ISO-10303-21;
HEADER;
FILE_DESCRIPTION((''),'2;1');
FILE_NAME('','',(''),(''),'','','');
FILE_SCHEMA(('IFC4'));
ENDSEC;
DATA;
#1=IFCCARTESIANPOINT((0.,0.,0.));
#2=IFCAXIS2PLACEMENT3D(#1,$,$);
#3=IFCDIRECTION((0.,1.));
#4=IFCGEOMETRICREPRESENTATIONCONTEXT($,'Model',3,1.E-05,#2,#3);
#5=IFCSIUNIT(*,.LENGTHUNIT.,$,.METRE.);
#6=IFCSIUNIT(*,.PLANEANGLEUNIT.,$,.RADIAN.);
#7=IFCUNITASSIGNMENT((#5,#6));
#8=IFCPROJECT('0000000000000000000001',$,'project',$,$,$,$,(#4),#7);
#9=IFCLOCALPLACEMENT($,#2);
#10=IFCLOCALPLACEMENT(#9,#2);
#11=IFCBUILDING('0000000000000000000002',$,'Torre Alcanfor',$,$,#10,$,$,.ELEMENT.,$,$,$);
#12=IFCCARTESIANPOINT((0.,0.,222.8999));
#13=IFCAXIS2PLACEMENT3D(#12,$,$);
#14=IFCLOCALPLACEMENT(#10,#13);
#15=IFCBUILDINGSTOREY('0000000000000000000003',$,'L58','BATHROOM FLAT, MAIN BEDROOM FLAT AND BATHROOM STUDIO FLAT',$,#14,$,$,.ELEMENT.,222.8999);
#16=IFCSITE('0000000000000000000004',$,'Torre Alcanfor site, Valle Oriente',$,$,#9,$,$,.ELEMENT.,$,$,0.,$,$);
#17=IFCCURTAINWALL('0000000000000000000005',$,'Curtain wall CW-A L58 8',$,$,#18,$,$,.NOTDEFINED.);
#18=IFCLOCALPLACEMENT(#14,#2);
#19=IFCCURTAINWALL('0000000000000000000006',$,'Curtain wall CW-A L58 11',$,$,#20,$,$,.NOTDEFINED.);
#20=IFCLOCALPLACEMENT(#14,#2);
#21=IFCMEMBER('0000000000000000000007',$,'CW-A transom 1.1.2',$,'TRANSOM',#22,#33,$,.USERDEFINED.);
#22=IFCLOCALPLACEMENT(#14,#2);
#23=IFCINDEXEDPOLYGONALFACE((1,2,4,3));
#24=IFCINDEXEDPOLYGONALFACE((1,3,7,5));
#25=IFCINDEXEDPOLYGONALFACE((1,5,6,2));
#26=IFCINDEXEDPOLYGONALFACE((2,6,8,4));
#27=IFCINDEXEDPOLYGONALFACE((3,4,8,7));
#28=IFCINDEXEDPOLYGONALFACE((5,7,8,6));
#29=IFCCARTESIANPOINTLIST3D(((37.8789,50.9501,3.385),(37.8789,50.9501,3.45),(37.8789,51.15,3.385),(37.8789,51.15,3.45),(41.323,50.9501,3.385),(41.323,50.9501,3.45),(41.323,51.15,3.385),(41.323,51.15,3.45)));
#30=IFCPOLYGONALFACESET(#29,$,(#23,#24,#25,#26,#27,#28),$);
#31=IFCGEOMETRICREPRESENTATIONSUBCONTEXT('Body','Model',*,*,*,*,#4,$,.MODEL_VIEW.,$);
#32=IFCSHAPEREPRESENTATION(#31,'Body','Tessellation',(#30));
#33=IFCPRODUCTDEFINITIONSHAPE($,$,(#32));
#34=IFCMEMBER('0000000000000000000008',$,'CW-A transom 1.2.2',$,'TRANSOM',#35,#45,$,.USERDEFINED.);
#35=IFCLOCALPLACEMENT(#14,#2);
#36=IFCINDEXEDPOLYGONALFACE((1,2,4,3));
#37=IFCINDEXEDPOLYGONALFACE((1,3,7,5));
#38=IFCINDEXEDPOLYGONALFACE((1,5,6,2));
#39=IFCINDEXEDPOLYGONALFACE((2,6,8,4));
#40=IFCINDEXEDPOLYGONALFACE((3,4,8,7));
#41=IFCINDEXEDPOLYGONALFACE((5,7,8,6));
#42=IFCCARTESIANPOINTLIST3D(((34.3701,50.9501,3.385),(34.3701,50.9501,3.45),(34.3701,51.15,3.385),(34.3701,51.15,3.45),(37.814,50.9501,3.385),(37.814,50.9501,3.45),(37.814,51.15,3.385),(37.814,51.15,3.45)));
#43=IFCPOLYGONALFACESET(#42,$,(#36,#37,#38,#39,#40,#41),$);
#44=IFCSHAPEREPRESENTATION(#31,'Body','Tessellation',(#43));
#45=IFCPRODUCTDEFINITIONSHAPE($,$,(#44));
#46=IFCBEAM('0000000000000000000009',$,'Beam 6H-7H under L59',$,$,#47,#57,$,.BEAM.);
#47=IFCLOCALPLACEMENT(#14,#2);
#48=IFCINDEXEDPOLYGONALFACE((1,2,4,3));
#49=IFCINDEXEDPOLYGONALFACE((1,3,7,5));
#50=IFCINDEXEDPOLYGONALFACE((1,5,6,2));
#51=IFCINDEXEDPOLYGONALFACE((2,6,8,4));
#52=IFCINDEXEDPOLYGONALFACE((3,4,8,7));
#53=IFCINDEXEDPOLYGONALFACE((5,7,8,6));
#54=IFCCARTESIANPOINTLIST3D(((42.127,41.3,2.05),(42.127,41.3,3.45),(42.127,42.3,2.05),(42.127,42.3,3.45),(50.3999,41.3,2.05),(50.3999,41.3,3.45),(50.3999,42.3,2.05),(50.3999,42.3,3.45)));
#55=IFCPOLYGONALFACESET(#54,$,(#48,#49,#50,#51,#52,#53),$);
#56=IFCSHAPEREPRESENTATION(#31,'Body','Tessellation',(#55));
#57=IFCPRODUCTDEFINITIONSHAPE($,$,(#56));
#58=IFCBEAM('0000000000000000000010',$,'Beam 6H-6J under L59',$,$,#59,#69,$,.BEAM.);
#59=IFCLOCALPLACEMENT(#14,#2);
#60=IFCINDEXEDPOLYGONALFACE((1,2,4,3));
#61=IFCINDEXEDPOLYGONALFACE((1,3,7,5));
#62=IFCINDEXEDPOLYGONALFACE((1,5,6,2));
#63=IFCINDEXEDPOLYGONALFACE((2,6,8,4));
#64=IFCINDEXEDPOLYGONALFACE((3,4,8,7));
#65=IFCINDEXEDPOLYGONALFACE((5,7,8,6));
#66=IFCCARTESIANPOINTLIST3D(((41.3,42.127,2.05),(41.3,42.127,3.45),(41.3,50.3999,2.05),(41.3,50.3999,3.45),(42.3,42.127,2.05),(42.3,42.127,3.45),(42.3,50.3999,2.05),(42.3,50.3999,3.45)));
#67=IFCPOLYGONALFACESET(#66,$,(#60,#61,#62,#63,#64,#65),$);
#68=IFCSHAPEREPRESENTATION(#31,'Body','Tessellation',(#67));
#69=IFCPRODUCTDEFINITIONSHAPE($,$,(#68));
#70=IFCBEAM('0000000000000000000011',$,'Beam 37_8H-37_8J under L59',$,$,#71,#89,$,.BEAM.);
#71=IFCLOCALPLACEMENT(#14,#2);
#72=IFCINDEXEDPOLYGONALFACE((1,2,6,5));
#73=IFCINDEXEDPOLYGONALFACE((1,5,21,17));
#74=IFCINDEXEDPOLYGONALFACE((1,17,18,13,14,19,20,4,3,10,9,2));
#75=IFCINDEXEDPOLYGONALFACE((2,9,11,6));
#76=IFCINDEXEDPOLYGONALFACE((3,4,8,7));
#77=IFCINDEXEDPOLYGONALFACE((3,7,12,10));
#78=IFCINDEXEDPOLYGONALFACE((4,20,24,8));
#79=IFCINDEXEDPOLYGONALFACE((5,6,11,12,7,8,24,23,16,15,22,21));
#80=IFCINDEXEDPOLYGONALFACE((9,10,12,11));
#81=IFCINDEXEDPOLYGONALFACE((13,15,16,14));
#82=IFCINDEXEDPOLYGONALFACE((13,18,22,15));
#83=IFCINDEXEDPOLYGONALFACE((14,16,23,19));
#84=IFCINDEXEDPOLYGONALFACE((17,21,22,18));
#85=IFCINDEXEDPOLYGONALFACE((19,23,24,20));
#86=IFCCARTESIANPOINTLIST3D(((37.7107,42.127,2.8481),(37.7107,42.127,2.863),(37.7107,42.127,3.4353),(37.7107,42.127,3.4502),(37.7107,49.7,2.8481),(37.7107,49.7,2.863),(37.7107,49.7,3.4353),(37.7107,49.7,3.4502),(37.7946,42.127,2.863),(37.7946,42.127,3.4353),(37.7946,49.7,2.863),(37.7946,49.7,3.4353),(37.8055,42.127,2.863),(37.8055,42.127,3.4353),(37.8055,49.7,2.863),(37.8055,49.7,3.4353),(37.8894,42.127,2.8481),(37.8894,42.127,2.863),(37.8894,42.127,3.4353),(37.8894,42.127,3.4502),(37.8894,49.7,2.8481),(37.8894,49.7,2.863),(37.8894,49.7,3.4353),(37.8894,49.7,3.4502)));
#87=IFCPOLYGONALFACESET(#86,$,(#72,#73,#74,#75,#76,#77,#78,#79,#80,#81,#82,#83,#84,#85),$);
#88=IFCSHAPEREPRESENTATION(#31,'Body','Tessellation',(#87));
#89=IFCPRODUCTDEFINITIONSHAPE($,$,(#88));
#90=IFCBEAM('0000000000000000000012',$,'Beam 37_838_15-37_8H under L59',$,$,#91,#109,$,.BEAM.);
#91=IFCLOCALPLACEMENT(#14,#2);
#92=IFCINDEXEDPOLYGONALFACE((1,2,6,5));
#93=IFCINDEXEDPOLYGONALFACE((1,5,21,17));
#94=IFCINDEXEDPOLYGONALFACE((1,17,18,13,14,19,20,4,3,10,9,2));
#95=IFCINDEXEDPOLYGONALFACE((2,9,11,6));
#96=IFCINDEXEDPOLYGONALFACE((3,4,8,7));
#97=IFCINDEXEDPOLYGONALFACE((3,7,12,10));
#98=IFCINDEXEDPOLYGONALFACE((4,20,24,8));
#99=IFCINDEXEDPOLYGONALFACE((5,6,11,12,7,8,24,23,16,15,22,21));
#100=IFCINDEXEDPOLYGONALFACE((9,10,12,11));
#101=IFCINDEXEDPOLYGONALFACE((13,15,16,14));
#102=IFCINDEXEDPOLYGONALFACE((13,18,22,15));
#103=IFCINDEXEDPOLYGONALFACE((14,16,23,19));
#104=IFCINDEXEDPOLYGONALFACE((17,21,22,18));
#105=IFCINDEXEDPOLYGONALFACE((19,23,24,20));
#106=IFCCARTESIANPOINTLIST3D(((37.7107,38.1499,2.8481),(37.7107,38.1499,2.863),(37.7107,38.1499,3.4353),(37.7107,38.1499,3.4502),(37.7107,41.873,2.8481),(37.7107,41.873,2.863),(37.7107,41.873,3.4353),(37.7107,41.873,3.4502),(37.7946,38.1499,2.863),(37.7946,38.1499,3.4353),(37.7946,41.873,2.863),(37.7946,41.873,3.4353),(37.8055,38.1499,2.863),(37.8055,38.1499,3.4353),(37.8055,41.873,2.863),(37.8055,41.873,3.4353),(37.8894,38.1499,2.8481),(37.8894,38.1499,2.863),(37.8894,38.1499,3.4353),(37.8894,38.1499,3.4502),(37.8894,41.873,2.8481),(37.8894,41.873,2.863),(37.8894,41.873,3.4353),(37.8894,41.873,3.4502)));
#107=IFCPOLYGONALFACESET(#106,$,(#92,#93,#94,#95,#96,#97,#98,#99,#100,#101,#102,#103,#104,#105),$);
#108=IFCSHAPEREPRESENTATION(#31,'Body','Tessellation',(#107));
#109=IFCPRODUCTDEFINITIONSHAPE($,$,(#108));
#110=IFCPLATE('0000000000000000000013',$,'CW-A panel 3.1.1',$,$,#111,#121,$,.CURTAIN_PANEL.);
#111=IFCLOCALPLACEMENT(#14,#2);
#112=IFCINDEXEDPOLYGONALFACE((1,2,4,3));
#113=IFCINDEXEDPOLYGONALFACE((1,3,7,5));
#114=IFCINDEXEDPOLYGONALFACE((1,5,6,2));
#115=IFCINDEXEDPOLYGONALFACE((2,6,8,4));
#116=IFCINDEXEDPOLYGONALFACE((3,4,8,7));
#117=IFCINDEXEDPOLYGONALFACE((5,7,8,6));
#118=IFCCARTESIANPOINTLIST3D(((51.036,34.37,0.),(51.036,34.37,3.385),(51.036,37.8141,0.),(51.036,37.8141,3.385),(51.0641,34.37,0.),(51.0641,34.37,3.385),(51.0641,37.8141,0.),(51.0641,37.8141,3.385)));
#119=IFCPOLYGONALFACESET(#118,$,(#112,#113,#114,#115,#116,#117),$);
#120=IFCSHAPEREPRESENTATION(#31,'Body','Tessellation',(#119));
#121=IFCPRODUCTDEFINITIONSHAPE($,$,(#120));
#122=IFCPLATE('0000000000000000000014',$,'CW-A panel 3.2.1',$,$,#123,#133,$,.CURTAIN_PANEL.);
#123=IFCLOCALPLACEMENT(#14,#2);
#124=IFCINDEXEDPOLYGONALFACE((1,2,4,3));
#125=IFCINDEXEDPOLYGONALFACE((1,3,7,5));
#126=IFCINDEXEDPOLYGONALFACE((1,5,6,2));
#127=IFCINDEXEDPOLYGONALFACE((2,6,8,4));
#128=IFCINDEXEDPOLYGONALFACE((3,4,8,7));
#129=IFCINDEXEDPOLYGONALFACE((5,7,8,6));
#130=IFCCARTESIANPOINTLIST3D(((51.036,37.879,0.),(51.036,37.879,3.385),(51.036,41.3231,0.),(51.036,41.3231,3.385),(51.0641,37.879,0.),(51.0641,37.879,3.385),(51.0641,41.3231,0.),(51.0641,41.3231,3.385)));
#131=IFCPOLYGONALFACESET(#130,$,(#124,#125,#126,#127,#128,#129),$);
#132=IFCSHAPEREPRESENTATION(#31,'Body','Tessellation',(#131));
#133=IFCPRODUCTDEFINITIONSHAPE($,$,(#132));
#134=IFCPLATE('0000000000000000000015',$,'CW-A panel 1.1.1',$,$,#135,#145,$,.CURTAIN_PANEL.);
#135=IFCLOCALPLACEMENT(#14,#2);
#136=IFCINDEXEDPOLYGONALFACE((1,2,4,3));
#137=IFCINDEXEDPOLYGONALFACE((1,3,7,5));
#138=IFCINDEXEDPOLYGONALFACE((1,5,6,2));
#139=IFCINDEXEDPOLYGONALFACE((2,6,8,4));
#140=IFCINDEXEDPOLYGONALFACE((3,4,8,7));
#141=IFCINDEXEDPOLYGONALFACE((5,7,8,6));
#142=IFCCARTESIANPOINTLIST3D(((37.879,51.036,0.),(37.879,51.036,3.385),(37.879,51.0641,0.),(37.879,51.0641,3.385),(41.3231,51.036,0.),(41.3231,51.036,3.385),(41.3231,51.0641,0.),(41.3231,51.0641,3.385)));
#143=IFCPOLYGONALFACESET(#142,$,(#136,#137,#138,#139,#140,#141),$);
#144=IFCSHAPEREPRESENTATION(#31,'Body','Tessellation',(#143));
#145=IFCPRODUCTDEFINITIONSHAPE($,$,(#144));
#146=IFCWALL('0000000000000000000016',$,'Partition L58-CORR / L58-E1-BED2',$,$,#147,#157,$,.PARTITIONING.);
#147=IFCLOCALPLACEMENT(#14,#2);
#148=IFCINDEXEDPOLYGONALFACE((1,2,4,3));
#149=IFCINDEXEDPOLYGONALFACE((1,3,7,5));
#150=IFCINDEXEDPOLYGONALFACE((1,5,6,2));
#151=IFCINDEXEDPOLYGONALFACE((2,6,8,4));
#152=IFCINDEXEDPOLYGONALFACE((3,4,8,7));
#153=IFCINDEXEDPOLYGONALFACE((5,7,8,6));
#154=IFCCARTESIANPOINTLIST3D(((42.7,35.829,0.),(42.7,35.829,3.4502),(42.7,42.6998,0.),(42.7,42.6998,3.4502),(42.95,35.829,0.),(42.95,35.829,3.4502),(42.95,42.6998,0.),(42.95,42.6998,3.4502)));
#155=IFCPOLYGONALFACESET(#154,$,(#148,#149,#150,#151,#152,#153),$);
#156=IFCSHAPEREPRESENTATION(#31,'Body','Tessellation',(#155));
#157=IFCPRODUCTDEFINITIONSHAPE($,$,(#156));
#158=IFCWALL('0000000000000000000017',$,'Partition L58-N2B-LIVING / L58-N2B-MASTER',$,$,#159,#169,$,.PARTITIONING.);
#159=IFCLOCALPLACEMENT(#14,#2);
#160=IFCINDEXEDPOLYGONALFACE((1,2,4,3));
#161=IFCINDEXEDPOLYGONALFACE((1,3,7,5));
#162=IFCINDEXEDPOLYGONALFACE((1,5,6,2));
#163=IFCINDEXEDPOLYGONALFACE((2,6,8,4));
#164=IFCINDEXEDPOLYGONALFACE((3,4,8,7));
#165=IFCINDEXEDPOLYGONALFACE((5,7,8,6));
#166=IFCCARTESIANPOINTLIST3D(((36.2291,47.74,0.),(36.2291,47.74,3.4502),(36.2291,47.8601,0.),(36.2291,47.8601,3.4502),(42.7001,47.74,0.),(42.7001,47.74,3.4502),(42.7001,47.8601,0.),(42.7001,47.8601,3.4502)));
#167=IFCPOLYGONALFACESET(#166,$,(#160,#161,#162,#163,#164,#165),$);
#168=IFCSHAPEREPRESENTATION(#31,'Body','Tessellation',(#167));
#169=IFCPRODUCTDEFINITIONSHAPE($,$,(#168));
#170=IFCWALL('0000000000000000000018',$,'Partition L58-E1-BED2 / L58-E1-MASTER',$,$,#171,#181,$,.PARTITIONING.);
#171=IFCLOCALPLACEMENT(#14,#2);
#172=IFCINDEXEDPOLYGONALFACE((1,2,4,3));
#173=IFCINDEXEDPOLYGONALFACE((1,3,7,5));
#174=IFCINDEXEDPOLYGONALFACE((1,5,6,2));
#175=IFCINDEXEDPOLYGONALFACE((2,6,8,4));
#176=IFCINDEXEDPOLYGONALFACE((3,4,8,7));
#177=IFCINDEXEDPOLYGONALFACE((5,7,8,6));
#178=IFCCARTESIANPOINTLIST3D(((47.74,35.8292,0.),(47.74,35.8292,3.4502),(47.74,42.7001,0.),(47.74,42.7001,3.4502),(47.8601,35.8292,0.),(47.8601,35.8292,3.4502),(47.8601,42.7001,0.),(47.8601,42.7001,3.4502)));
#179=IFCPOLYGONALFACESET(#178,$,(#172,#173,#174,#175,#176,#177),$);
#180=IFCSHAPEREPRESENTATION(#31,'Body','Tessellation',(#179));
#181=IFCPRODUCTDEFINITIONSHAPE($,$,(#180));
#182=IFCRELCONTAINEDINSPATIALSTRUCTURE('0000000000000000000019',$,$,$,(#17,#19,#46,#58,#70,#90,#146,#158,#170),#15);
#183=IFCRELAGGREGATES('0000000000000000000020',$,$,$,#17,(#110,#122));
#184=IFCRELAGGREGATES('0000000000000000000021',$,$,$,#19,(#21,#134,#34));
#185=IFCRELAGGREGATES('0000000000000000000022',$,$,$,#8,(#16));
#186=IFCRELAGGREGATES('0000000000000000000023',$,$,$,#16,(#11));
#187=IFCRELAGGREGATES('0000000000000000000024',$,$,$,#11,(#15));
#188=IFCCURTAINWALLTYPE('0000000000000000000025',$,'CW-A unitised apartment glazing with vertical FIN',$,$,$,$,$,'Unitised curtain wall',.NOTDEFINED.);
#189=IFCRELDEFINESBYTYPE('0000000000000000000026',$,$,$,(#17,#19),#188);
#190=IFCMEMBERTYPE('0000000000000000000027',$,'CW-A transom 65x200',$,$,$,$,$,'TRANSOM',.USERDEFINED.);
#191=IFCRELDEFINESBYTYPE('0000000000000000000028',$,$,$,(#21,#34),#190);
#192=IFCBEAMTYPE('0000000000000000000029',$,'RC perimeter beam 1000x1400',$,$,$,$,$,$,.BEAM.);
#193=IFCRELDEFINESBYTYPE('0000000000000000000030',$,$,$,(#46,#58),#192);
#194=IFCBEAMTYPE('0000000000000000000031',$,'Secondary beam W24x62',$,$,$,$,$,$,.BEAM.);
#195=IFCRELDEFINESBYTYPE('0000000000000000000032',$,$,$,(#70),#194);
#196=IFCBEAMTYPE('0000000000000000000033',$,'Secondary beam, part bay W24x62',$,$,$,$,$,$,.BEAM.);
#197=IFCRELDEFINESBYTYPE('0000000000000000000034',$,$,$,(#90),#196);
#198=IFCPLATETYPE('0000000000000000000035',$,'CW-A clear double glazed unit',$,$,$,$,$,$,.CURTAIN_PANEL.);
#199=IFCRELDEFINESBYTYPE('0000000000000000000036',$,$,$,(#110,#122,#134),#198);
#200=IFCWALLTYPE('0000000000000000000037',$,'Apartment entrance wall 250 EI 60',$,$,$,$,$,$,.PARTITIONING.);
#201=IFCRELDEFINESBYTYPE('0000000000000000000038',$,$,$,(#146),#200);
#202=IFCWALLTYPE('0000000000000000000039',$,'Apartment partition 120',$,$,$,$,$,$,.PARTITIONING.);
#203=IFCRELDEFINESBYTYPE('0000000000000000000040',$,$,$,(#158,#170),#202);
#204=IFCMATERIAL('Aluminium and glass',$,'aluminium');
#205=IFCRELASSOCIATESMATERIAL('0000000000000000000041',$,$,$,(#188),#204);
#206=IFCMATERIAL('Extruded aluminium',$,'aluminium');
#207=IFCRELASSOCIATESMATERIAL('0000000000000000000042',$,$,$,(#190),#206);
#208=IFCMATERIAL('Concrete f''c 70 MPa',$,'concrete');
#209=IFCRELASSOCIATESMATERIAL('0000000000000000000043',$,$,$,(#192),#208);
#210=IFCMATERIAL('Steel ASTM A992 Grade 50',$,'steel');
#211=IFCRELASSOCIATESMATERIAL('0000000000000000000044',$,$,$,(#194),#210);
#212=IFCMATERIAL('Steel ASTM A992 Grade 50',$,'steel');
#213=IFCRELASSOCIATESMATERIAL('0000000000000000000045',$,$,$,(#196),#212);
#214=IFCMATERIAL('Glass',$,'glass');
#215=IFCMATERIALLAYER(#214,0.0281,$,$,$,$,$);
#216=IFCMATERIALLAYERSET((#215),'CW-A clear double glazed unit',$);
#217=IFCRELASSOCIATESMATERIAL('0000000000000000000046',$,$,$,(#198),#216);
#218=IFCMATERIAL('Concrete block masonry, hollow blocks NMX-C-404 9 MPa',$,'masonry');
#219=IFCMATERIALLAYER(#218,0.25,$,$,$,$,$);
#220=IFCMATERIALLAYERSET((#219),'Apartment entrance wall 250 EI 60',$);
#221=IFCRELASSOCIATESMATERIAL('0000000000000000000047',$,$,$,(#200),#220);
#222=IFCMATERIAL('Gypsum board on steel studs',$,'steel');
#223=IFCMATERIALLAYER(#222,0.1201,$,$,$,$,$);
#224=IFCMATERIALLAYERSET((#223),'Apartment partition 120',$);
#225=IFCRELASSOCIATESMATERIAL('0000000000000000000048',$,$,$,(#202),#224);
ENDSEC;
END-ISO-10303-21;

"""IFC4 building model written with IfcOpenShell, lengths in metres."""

from ifc_helpers import new_model, si_unit, direction, frame, frame_2d, origin, origin_2d, place, context, subcontext, project, spatial, rectangle, i_section, extrude, material, layer, layer_set, material_profile, profile_set, type_object, element, aggregate, save


model = new_model("IFC4")

# Units and contexts
model_context = context("Model", 3, precision=1e-05, world=origin(), true_north=direction((0.0, 1.0)))
body_context = subcontext(model_context, "Body", "Model", "MODEL_VIEW")
ifc_project = project(units=[si_unit("LENGTHUNIT", "METRE"), si_unit("PLANEANGLEUNIT", "RADIAN")], contexts=[model_context])

# Site, building, storey
site_placement = place(None, origin())
site = spatial("IfcSite", under=ifc_project, at=site_placement, Name="Torre Alcanfor site, Valle Oriente", CompositionType="ELEMENT", RefElevation=0.0)
building_placement = place(site_placement, origin())
building = spatial("IfcBuilding", under=site, at=building_placement, Name="Torre Alcanfor", CompositionType="ELEMENT")
storey_placement = place(building_placement, frame((0.0, 0.0, 222.8999)))
storey = spatial("IfcBuildingStorey", under=building, at=storey_placement, Name="L58", Description="BATHROOM FLAT, MAIN BEDROOM FLAT AND BATHROOM STUDIO FLAT", CompositionType="ELEMENT", Elevation=222.8999)

# Curtain walls
ifc_material_1 = material(Name="Aluminium and glass", Category="aluminium")
curtain_wall_type = type_object("IfcCurtainWallType", Name="CW-A unitised apartment glazing with vertical FIN", ElementType="Unitised curtain wall", PredefinedType="NOTDEFINED", material=ifc_material_1)
curtain_wall_1_placement = place(storey_placement, origin())
curtain_wall_1 = element("IfcCurtainWall", 1, at=curtain_wall_1_placement, inside=storey, type_object=curtain_wall_type, Name="Curtain wall CW-A L58 8", PredefinedType="NOTDEFINED")
curtain_wall_2_placement = place(storey_placement, origin())
curtain_wall_2 = element("IfcCurtainWall", 2, at=curtain_wall_2_placement, inside=storey, type_object=curtain_wall_type, Name="Curtain wall CW-A L58 11", PredefinedType="NOTDEFINED")

# Members
ifc_material_2 = material(Name="Extruded aluminium", Category="aluminium")
ifc_material_profile_1 = material_profile(ifc_material_2, rectangle(XDim=0.2, YDim=0.0649, at=origin_2d()), Name="CW-A transom 200x65")
ifc_profile_set_1 = profile_set([ifc_material_profile_1], Name="Extruded aluminium")
member_type_1 = type_object("IfcMemberType", Name="CW-A transom 65x200", ElementType="TRANSOM", PredefinedType="USERDEFINED", material=ifc_profile_set_1)
member_1_placement = place(storey_placement, frame((41.323, 51.05, 3.4175), z_axis=(-1.0, 0.0, 0.0), x_axis=(0.0, -1.0, 0.0)))
member_1 = element("IfcMember", 3, at=member_1_placement, type_object=member_type_1, Name="CW-A transom 1.1.2", ObjectType="TRANSOM", PredefinedType="USERDEFINED", context=body_context, shape_type="SweptSolid", body=[
    extrude(rectangle(XDim=0.2, YDim=0.0649, at=origin_2d()), origin(), (0.0, 0.0, 1.0), 3.4441),
])
member_2_placement = place(storey_placement, frame((37.814, 51.05, 3.4175), z_axis=(-1.0, 0.0, 0.0), x_axis=(0.0, -1.0, 0.0)))
member_2 = element("IfcMember", 4, at=member_2_placement, type_object=member_type_1, Name="CW-A transom 1.2.2", ObjectType="TRANSOM", PredefinedType="USERDEFINED", context=body_context, shape_type="SweptSolid", body=[
    extrude(rectangle(XDim=0.2, YDim=0.0649, at=origin_2d()), origin(), (0.0, 0.0, 1.0), 3.4438),
])

# Beams
ifc_material_3 = material(Name="Concrete f'c 70 MPa", Category="concrete")
ifc_material_profile_2 = material_profile(ifc_material_3, rectangle(XDim=1.0, YDim=1.3999, at=origin_2d()), Name="1000x1400")
ifc_profile_set_2 = profile_set([ifc_material_profile_2], Name="Concrete f'c 70 MPa")
beam_type_1 = type_object("IfcBeamType", Name="RC perimeter beam 1000x1400", PredefinedType="BEAM", material=ifc_profile_set_2)
for number, where, z_axis, x_axis, name in (
    (5, (42.127, 41.8, 2.75), (1.0, 0.0, 0.0), (0.0, 1.0, 0.0), "Beam 6H-7H under L59"),
    (6, (41.8, 42.127, 2.75), (0.0, 1.0, 0.0), (-1.0, 0.0, 0.0), "Beam 6H-6J under L59"),
):
    element("IfcBeam", number, at=place(storey_placement, frame(where, z_axis=z_axis, x_axis=x_axis)), inside=storey, type_object=beam_type_1, Name=name, PredefinedType="BEAM", context=body_context, shape_type="SweptSolid", body=[
        extrude(rectangle(XDim=1.0, YDim=1.3999, at=origin_2d()), origin(), (0.0, 0.0, 1.0), 8.2729),
    ])
ifc_material_4 = material(Name="Steel ASTM A992 Grade 50", Category="steel")
ifc_material_profile_3 = material_profile(ifc_material_4, i_section(OverallWidth=0.1787, OverallDepth=0.6021, WebThickness=0.011, FlangeThickness=0.0149, at=origin_2d()), Name="W24x62")
ifc_profile_set_3 = profile_set([ifc_material_profile_3], Name="Steel ASTM A992 Grade 50")
beam_type_2 = type_object("IfcBeamType", Name="Secondary beam W24x62", PredefinedType="BEAM", material=ifc_profile_set_3)
beam_1_placement = place(storey_placement, frame((37.8, 42.127, 3.1492), z_axis=(0.0, 1.0, 0.0), x_axis=(-1.0, 0.0, 0.0)))
element("IfcBeam", 7, at=beam_1_placement, inside=storey, type_object=beam_type_2, Name="Beam 37_8H-37_8J under L59", PredefinedType="BEAM", context=body_context, shape_type="SweptSolid", body=[
    extrude(i_section(OverallWidth=0.1787, OverallDepth=0.6021, WebThickness=0.011, FlangeThickness=0.0149, at=origin_2d()), origin(), (0.0, 0.0, 1.0), 7.573),
])
ifc_material_5 = material(Name="Steel ASTM A992 Grade 50", Category="steel")
ifc_material_profile_4 = material_profile(ifc_material_5, i_section(OverallWidth=0.1787, OverallDepth=0.6021, WebThickness=0.011, FlangeThickness=0.0149, at=origin_2d()), Name="W24x62")
ifc_profile_set_4 = profile_set([ifc_material_profile_4], Name="Steel ASTM A992 Grade 50")
beam_type_3 = type_object("IfcBeamType", Name="Secondary beam, part bay W24x62", PredefinedType="BEAM", material=ifc_profile_set_4)
beam_2_placement = place(storey_placement, frame((37.8, 38.1499, 3.1492), z_axis=(0.0, 1.0, 0.0), x_axis=(-1.0, 0.0, 0.0)))
element("IfcBeam", 8, at=beam_2_placement, inside=storey, type_object=beam_type_3, Name="Beam 37_838_15-37_8H under L59", PredefinedType="BEAM", context=body_context, shape_type="SweptSolid", body=[
    extrude(i_section(OverallWidth=0.1787, OverallDepth=0.6021, WebThickness=0.011, FlangeThickness=0.0149, at=origin_2d()), origin(), (0.0, 0.0, 1.0), 3.7231),
])

# Plates
ifc_material_6 = material(Name="Glass", Category="glass")
ifc_layer_1 = layer(ifc_material_6, 0.0281)
ifc_layer_set_1 = layer_set([ifc_layer_1], Name="CW-A clear double glazed unit")
plate_type = type_object("IfcPlateType", Name="CW-A clear double glazed unit", PredefinedType="CURTAIN_PANEL", material=ifc_layer_set_1)
plate_1_placement = place(storey_placement, frame((51.05, 36.092, 0.0), z_axis=(0.0, 0.0, 1.0), x_axis=(0.0, 1.0, 0.0)))
plate_1 = element("IfcPlate", 9, at=plate_1_placement, type_object=plate_type, Name="CW-A panel 3.1.1", PredefinedType="CURTAIN_PANEL", context=body_context, shape_type="SweptSolid", body=[
    extrude(rectangle(XDim=3.4441, YDim=0.0281, at=origin_2d()), origin(), (0.0, 0.0, 1.0), 3.385),
])
plate_2_placement = place(storey_placement, frame((51.05, 39.6011, 0.0), z_axis=(0.0, 0.0, 1.0), x_axis=(0.0, 1.0, 0.0)))
plate_2 = element("IfcPlate", 10, at=plate_2_placement, type_object=plate_type, Name="CW-A panel 3.2.1", PredefinedType="CURTAIN_PANEL", context=body_context, shape_type="SweptSolid", body=[
    extrude(rectangle(XDim=3.4441, YDim=0.0281, at=origin_2d()), origin(), (0.0, 0.0, 1.0), 3.385),
])
aggregate(curtain_wall_1, [plate_1, plate_2])
plate_3_placement = place(storey_placement, frame((39.6011, 51.05, 0.0), z_axis=(0.0, 0.0, 1.0), x_axis=(-1.0, 0.0, 0.0)))
plate_3 = element("IfcPlate", 11, at=plate_3_placement, type_object=plate_type, Name="CW-A panel 1.1.1", PredefinedType="CURTAIN_PANEL", context=body_context, shape_type="SweptSolid", body=[
    extrude(rectangle(XDim=3.4441, YDim=0.0281, at=origin_2d()), origin(), (0.0, 0.0, 1.0), 3.385),
])
aggregate(curtain_wall_2, [member_1, plate_3, member_2])

# Walls
ifc_material_7 = material(Name="Concrete block masonry, hollow blocks NMX-C-404 9 MPa", Category="masonry")
ifc_layer_2 = layer(ifc_material_7, 0.25)
ifc_layer_set_2 = layer_set([ifc_layer_2], Name="Apartment entrance wall 250 EI 60")
wall_type_1 = type_object("IfcWallType", Name="Apartment entrance wall 250 EI 60", PredefinedType="PARTITIONING", material=ifc_layer_set_2)
wall_1_placement = place(storey_placement, frame((42.825, 42.7, 0.0), z_axis=(0.0, 0.0, 1.0), x_axis=(0.0, -1.0, 0.0)))
element("IfcWall", 12, at=wall_1_placement, inside=storey, type_object=wall_type_1, Name="Partition L58-CORR / L58-E1-BED2", PredefinedType="PARTITIONING", context=body_context, shape_type="SweptSolid", body=[
    extrude(rectangle(XDim=6.8708, YDim=0.25, at=frame_2d((3.4355, 0.0))), origin(), (0.0, 0.0, 1.0), 3.4502),
])
ifc_material_8 = material(Name="Gypsum board on steel studs", Category="steel")
ifc_layer_3 = layer(ifc_material_8, 0.1201)
ifc_layer_set_3 = layer_set([ifc_layer_3], Name="Apartment partition 120")
wall_type_2 = type_object("IfcWallType", Name="Apartment partition 120", PredefinedType="PARTITIONING", material=ifc_layer_set_3)
wall_2_placement = place(storey_placement, frame((42.7, 47.8, 0.0), z_axis=(0.0, 0.0, 1.0), x_axis=(-1.0, 0.0, 0.0)))
element("IfcWall", 13, at=wall_2_placement, inside=storey, type_object=wall_type_2, Name="Partition L58-N2B-LIVING / L58-N2B-MASTER", PredefinedType="PARTITIONING", context=body_context, shape_type="SweptSolid", body=[
    extrude(rectangle(XDim=6.4709, YDim=0.1201, at=frame_2d((3.2354, 0.0))), origin(), (0.0, 0.0, 1.0), 3.4502),
])
wall_3_placement = place(storey_placement, frame((47.8, 35.8291, 0.0), z_axis=(0.0, 0.0, 1.0), x_axis=(0.0, 1.0, 0.0)))
element("IfcWall", 14, at=wall_3_placement, inside=storey, type_object=wall_type_2, Name="Partition L58-E1-BED2 / L58-E1-MASTER", PredefinedType="PARTITIONING", context=body_context, shape_type="SweptSolid", body=[
    extrude(rectangle(XDim=6.8708, YDim=0.1201, at=frame_2d((3.4355, 0.0))), origin(), (0.0, 0.0, 1.0), 3.4502),
])

save(model, "model.ifc")
